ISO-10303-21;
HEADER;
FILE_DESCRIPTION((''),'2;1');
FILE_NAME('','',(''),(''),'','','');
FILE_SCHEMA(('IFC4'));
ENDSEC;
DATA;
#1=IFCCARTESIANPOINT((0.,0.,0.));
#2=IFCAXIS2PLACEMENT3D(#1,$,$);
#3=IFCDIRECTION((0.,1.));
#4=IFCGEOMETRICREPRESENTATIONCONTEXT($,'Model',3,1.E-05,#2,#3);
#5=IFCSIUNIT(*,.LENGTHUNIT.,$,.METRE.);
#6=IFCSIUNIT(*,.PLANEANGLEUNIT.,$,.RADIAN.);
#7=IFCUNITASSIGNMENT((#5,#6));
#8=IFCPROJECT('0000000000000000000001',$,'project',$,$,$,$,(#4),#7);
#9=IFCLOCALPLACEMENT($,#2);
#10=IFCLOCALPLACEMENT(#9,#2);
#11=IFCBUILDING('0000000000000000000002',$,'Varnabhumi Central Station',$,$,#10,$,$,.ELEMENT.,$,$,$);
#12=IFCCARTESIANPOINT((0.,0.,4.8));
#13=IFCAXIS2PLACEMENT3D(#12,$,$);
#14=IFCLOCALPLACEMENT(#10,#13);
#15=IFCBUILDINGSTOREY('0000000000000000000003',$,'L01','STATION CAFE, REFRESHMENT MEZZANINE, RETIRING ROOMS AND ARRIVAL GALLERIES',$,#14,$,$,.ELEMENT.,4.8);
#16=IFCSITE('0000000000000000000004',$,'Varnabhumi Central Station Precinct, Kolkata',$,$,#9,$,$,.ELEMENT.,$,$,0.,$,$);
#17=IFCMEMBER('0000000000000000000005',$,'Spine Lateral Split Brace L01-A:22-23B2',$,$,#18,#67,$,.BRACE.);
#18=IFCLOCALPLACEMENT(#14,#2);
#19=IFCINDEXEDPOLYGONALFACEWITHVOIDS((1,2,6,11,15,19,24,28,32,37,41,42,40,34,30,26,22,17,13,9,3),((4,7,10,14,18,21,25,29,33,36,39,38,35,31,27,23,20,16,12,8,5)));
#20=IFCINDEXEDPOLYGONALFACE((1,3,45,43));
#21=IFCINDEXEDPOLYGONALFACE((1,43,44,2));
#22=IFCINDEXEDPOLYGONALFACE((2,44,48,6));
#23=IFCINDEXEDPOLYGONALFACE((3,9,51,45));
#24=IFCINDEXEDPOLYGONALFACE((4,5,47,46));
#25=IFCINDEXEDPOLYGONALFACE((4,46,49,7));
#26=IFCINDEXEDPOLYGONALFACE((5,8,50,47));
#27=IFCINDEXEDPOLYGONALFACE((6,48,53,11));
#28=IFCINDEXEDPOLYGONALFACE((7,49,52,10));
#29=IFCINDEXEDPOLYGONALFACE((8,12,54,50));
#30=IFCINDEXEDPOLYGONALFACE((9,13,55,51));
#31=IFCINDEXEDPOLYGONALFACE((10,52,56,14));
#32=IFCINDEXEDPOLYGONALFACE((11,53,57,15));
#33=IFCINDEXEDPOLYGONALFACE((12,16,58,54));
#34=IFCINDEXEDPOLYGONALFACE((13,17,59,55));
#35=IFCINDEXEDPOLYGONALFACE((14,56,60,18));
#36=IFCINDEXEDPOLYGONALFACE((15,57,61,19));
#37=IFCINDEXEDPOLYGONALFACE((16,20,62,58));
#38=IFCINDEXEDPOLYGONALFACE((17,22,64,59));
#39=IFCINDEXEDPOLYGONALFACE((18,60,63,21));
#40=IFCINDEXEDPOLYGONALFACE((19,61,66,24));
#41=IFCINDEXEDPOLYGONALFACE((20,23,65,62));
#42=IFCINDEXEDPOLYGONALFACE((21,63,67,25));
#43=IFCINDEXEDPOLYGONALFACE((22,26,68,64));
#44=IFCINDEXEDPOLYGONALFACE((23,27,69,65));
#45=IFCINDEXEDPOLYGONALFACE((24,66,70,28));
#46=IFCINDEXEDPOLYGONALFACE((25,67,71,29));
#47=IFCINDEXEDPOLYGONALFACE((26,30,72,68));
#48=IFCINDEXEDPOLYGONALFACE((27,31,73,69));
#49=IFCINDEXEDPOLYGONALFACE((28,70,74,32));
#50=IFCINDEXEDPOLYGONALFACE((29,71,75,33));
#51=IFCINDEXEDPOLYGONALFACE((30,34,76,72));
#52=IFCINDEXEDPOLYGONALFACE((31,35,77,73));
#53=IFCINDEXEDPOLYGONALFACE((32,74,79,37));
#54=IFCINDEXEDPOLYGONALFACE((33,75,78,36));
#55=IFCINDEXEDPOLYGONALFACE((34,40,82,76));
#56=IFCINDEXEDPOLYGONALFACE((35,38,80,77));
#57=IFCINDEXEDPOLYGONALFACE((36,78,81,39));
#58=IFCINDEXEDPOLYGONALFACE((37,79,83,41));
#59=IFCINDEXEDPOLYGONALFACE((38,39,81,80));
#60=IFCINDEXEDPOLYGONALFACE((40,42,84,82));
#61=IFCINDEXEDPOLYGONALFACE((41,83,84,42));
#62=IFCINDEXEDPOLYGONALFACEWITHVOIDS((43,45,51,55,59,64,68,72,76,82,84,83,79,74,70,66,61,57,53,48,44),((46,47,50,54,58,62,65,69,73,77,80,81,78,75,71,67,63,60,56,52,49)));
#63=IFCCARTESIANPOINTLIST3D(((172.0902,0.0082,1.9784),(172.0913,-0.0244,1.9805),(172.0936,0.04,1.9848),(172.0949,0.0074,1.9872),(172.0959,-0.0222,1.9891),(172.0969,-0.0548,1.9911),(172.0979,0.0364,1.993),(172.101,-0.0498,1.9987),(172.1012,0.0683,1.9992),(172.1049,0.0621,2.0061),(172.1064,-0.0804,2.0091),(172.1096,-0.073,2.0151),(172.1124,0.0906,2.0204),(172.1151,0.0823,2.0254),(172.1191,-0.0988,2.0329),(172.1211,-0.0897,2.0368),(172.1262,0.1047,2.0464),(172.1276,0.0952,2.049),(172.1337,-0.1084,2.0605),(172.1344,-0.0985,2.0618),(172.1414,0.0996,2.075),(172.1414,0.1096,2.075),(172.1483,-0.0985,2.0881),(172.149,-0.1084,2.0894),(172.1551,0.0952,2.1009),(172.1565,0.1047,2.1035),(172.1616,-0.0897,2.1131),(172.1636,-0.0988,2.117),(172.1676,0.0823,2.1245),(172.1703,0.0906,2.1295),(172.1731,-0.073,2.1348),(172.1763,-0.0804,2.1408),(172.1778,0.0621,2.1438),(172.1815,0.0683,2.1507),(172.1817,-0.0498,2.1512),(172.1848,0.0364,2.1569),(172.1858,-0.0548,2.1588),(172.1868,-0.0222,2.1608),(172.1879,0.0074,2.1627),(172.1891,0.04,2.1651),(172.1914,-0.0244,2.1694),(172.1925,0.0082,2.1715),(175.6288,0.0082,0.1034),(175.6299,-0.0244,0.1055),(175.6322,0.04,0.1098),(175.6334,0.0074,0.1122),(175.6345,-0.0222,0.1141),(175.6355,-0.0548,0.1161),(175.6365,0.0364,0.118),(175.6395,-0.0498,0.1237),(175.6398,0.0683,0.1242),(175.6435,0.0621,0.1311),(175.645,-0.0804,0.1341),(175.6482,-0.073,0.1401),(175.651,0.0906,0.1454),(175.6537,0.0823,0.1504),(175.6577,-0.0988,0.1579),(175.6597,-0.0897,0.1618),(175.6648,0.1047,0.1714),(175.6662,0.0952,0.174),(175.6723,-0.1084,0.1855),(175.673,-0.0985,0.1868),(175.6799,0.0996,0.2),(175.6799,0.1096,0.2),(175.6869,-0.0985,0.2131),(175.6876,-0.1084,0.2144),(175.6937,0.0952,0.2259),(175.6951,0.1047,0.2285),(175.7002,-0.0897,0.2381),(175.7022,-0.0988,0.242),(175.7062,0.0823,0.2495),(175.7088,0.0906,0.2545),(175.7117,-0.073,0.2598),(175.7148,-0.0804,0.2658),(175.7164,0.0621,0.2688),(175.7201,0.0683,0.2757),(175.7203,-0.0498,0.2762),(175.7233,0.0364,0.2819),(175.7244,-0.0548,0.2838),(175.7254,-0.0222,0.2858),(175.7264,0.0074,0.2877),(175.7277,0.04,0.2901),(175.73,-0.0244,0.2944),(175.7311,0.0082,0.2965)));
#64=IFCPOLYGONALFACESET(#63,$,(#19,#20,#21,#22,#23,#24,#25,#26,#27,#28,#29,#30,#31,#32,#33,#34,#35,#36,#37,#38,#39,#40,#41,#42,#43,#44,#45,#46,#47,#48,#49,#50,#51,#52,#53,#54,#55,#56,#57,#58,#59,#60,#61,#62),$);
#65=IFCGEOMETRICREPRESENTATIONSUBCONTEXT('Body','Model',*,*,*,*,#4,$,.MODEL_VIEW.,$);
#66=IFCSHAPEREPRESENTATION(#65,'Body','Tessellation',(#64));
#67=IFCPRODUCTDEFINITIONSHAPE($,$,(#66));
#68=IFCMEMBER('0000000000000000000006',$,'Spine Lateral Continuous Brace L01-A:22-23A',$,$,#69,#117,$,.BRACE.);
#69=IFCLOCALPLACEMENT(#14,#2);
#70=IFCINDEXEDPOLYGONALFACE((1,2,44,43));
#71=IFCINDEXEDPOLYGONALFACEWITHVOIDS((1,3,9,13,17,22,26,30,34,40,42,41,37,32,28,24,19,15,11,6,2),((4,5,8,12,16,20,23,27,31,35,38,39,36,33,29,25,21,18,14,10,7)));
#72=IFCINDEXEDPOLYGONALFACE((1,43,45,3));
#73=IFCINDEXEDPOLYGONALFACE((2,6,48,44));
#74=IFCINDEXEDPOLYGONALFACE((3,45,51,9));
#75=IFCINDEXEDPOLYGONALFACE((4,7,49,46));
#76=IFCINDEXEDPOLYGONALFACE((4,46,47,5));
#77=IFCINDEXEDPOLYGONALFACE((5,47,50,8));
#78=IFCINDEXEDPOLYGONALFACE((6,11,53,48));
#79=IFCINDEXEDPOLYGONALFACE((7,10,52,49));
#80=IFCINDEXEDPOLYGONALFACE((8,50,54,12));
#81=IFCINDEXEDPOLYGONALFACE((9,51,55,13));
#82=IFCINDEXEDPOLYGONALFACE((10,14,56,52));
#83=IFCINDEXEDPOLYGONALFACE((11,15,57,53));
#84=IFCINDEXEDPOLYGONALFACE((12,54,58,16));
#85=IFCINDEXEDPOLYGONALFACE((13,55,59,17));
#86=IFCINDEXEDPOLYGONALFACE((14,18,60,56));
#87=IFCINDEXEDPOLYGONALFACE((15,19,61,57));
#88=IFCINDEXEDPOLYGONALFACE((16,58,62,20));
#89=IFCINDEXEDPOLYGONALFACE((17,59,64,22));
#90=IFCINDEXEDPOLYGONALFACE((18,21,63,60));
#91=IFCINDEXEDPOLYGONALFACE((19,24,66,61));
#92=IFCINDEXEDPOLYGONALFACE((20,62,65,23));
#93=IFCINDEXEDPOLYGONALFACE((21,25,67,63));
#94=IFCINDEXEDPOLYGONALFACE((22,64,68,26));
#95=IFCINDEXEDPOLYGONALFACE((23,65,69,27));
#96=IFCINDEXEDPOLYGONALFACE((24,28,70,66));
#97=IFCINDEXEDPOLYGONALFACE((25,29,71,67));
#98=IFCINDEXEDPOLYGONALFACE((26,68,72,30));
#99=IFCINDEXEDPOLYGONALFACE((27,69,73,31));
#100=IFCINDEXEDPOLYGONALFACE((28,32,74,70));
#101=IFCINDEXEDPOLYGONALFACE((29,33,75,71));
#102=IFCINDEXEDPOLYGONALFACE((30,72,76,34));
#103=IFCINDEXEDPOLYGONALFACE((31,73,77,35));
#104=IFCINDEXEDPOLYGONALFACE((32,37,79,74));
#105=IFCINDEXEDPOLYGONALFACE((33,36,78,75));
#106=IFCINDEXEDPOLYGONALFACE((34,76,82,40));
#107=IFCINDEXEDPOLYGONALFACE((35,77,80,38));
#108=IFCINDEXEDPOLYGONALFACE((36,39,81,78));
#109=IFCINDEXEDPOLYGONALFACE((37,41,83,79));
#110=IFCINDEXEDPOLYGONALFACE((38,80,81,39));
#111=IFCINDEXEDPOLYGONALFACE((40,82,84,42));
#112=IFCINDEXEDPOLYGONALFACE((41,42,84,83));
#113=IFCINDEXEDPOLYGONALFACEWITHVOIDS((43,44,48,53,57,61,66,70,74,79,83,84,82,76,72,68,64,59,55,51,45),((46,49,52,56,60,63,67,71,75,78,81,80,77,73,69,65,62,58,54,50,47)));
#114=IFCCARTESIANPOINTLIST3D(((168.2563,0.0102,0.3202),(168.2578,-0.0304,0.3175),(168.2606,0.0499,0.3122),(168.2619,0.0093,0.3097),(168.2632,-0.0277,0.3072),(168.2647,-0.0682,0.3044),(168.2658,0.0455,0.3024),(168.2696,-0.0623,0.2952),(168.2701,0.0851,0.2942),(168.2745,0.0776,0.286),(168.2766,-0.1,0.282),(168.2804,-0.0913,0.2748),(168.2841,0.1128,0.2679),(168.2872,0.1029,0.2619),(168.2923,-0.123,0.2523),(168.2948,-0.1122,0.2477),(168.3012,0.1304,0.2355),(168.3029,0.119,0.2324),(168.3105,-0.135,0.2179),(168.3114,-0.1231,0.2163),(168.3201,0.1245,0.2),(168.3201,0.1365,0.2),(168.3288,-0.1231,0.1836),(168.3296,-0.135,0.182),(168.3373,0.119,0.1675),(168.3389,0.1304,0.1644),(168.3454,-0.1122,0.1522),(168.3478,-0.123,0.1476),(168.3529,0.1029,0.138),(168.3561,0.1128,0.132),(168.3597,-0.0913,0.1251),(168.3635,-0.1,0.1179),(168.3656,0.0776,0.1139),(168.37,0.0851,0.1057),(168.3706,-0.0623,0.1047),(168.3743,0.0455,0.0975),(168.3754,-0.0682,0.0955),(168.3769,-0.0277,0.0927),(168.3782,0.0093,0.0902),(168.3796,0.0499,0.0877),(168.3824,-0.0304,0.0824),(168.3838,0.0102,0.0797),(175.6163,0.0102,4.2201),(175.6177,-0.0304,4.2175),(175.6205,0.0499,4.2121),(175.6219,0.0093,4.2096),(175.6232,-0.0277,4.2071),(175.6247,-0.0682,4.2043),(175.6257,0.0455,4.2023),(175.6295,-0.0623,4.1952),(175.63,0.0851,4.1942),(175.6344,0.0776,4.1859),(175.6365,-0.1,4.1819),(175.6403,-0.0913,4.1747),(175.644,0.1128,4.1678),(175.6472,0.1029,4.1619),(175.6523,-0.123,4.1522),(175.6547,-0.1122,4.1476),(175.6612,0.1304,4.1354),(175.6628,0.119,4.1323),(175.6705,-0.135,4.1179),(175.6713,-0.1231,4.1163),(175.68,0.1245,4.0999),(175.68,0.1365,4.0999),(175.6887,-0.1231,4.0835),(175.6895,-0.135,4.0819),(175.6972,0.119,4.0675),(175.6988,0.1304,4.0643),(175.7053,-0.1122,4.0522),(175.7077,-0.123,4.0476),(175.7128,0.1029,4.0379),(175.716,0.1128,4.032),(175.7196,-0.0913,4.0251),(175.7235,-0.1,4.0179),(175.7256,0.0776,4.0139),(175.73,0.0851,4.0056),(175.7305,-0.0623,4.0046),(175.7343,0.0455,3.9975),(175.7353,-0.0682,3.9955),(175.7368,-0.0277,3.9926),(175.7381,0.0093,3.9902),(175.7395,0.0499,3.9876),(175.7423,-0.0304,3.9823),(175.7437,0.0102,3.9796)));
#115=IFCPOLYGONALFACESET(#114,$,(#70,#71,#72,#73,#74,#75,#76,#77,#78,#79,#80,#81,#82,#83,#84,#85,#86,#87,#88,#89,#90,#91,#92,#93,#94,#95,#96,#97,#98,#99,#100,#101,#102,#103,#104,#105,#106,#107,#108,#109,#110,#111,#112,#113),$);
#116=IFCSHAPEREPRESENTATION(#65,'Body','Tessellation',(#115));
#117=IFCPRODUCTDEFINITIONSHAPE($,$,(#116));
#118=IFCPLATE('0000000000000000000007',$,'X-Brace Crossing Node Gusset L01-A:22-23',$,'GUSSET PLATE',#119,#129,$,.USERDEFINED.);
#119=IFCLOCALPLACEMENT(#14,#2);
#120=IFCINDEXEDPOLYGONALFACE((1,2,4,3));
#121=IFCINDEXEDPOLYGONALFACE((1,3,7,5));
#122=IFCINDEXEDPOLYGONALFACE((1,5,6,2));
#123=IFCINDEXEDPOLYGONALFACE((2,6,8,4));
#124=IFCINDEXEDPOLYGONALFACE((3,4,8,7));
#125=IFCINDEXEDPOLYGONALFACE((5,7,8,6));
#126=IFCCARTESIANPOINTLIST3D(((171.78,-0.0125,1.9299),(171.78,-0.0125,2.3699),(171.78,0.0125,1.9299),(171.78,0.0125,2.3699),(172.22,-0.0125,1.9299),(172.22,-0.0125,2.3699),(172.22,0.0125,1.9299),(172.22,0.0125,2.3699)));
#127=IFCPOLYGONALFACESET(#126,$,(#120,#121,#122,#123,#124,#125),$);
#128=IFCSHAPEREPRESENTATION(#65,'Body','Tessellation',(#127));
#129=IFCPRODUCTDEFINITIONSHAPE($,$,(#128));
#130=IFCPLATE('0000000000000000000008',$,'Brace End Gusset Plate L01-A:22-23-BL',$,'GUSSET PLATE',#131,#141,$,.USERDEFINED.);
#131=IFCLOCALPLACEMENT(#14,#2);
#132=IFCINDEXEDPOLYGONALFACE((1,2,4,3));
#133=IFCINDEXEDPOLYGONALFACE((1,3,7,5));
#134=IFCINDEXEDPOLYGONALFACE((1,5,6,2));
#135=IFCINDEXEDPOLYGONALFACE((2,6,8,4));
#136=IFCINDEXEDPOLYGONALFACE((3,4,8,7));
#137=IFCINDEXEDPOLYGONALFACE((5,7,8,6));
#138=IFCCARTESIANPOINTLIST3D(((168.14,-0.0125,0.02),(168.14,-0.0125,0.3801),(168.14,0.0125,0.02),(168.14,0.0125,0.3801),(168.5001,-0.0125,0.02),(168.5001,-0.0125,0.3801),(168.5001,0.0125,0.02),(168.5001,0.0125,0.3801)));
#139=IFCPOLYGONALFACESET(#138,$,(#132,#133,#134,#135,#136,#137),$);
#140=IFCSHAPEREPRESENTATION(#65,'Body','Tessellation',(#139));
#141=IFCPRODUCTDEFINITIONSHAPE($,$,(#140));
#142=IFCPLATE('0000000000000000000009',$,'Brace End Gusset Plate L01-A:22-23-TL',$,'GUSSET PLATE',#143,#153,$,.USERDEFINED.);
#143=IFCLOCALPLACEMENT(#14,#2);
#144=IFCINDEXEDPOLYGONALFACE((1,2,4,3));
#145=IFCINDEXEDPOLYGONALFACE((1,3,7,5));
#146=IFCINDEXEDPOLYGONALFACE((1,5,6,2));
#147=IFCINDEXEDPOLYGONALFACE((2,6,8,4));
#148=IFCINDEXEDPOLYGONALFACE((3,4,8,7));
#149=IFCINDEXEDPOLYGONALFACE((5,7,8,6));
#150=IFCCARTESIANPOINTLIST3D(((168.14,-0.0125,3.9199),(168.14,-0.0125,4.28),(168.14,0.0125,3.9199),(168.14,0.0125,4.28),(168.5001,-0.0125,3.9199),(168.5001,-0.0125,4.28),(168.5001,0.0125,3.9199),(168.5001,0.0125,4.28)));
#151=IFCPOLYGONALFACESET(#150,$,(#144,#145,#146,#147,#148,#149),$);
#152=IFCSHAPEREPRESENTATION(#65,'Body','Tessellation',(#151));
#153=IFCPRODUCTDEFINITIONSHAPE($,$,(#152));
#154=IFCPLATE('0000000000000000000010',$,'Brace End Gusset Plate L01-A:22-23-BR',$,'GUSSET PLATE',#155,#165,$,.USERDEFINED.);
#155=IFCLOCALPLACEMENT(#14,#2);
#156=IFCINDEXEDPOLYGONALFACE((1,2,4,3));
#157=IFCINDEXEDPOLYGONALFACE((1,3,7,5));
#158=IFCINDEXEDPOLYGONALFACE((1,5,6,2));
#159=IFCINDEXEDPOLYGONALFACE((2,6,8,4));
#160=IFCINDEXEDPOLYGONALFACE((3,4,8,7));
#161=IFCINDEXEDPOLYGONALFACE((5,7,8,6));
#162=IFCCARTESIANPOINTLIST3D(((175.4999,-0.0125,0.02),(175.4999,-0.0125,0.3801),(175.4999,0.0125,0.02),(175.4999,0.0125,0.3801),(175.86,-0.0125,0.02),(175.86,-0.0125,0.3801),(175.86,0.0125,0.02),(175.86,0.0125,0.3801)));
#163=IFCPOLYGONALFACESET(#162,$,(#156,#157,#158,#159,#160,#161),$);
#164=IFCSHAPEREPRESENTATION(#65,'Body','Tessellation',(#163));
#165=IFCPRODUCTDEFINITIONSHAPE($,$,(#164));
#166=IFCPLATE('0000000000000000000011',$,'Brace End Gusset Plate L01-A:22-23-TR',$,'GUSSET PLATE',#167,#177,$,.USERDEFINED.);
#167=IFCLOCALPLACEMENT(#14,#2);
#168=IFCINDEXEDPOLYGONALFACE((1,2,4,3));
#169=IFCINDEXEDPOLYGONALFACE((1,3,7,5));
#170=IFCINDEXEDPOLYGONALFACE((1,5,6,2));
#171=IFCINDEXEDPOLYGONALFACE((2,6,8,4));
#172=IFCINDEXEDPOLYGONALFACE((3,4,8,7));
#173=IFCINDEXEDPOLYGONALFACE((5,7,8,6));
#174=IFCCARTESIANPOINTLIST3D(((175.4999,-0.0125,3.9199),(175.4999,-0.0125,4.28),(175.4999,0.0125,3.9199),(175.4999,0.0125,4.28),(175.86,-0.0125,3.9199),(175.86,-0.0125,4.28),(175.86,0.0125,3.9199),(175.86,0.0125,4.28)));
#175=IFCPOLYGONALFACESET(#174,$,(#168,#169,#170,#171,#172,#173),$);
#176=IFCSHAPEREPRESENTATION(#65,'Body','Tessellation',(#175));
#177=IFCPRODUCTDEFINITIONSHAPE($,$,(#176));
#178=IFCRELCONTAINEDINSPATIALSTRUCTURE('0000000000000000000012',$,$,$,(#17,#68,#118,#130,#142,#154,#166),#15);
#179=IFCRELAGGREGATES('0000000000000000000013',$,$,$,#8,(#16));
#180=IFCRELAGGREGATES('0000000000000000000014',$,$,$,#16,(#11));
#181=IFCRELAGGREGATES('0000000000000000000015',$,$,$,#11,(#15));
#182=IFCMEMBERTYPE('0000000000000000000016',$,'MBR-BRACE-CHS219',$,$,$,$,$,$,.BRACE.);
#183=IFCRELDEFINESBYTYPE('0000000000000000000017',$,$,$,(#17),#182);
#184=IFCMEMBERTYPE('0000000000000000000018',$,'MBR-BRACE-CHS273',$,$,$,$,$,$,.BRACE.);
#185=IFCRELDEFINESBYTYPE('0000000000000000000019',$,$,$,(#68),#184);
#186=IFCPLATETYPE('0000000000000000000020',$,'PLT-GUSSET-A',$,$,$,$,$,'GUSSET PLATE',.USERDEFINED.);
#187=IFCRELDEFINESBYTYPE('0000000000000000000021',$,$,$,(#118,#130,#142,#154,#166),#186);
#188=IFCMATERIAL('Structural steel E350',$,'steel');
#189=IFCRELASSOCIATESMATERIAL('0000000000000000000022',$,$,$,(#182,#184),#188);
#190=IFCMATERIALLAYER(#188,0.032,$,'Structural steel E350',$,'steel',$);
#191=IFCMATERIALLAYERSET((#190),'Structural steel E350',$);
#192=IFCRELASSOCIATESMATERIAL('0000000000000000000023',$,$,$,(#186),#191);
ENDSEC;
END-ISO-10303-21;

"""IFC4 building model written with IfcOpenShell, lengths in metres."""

from ifc_helpers import new_model, si_unit, direction, frame, origin, origin_2d, place, context, subcontext, project, spatial, rectangle, hollow_circle, extrude, material, layer, layer_set, material_profile, profile_set, type_object, element, save


model = new_model("IFC4")

# Units and contexts
model_context = context("Model", 3, precision=1e-05, world=origin(), true_north=direction((0.0, 1.0)))
body_context = subcontext(model_context, "Body", "Model", "MODEL_VIEW")
ifc_project = project(units=[si_unit("LENGTHUNIT", "METRE"), si_unit("PLANEANGLEUNIT", "RADIAN")], contexts=[model_context])

# Site, building, storey
site_placement = place(None, origin())
site = spatial("IfcSite", under=ifc_project, at=site_placement, Name="Varnabhumi Central Station Precinct, Kolkata", CompositionType="ELEMENT", RefElevation=0.0)
building_placement = place(site_placement, origin())
building = spatial("IfcBuilding", under=site, at=building_placement, Name="Varnabhumi Central Station", CompositionType="ELEMENT")
storey_placement = place(building_placement, frame((0.0, 0.0, 4.8)))
storey = spatial("IfcBuildingStorey", under=building, at=storey_placement, Name="L01", Description="STATION CAFE, REFRESHMENT MEZZANINE, RETIRING ROOMS AND ARRIVAL GALLERIES", CompositionType="ELEMENT", Elevation=4.8)

# Members
ifc_material_1 = material(Name="Structural steel E350", Category="steel")
ifc_material_profile_1 = material_profile(ifc_material_1, hollow_circle(Radius=0.1096, WallThickness=0.01, at=origin_2d()), Name="Structural steel E350", Category="steel")
ifc_profile_set_1 = profile_set([ifc_material_profile_1], Name="Structural steel E350")
member_type_1 = type_object("IfcMemberType", Name="MBR-BRACE-CHS219", PredefinedType="BRACE", material=ifc_profile_set_1)
for number, where, z_axis, x_axis, name in (
    (1, (172.1414, 0.0, 2.075), (0.883619, 0.0, -0.468207), (0.0, 1.0, 0.0), "Spine Lateral Split Brace L01-A:22-23B2"),
):
    element("IfcMember", number, at=place(storey_placement, frame(where, z_axis=z_axis, x_axis=x_axis)), inside=storey, type_object=member_type_1, Name=name, PredefinedType="BRACE", context=body_context, shape_type="SweptSolid", body=[
        extrude(hollow_circle(Radius=0.1096, WallThickness=0.01, at=origin_2d()), origin(), (0.0, 0.0, 1.0), 4.0046),
    ])
ifc_material_profile_2 = material_profile(ifc_material_1, hollow_circle(Radius=0.1365, WallThickness=0.012, at=origin_2d()), Name="Structural steel E350", Category="steel")
ifc_profile_set_2 = profile_set([ifc_material_profile_2], Name="Structural steel E350")
member_type_2 = type_object("IfcMemberType", Name="MBR-BRACE-CHS273", PredefinedType="BRACE", material=ifc_profile_set_2)
member_placement = place(storey_placement, frame((168.3201, 0.0, 0.2), z_axis=(0.883614, 0.0, 0.468216), x_axis=(0.0, 1.0, 0.0)))
element("IfcMember", 2, at=member_placement, inside=storey, type_object=member_type_2, Name="Spine Lateral Continuous Brace L01-A:22-23A", PredefinedType="BRACE", context=body_context, shape_type="SweptSolid", body=[
    extrude(hollow_circle(Radius=0.1365, WallThickness=0.012, at=origin_2d()), origin(), (0.0, 0.0, 1.0), 8.3293),
])

# Plates
ifc_layer_1 = layer(ifc_material_1, 0.032, Name="Structural steel E350", Category="steel")
ifc_layer_set_1 = layer_set([ifc_layer_1], Name="Structural steel E350")
plate_type = type_object("IfcPlateType", Name="PLT-GUSSET-A", ElementType="GUSSET PLATE", PredefinedType="USERDEFINED", material=ifc_layer_set_1)
plate_placement = place(storey_placement, frame((172.0, 0.0, 1.9299), z_axis=(0.0, 0.0, 1.0), x_axis=(1.0, 0.0, 0.0)))
element("IfcPlate", 3, at=plate_placement, inside=storey, type_object=plate_type, Name="X-Brace Crossing Node Gusset L01-A:22-23", ObjectType="GUSSET PLATE", PredefinedType="USERDEFINED", context=body_context, shape_type="SweptSolid", body=[
    extrude(rectangle(XDim=0.4399, YDim=0.0249, at=origin_2d()), origin(), (0.0, 0.0, 1.0), 0.4399),
])
for number, where, z_axis, x_axis, name in (
    (4, (168.3201, 0.0, 0.02), (0.0, 0.0, 1.0), (1.0, 0.0, 0.0), "Brace End Gusset Plate L01-A:22-23-BL"),
    (5, (168.3201, 0.0, 3.9199), (0.0, 0.0, 1.0), (1.0, 0.0, 0.0), "Brace End Gusset Plate L01-A:22-23-TL"),
    (6, (175.6799, 0.0, 0.02), (0.0, 0.0, 1.0), (1.0, 0.0, 0.0), "Brace End Gusset Plate L01-A:22-23-BR"),
    (7, (175.6799, 0.0, 3.9199), (0.0, 0.0, 1.0), (1.0, 0.0, 0.0), "Brace End Gusset Plate L01-A:22-23-TR"),
):
    element("IfcPlate", number, at=place(storey_placement, frame(where, z_axis=z_axis, x_axis=x_axis)), inside=storey, type_object=plate_type, Name=name, ObjectType="GUSSET PLATE", PredefinedType="USERDEFINED", context=body_context, shape_type="SweptSolid", body=[
        extrude(rectangle(XDim=0.3601, YDim=0.0249, at=origin_2d()), origin(), (0.0, 0.0, 1.0), 0.3601),
    ])

save(model, "model.ifc")
